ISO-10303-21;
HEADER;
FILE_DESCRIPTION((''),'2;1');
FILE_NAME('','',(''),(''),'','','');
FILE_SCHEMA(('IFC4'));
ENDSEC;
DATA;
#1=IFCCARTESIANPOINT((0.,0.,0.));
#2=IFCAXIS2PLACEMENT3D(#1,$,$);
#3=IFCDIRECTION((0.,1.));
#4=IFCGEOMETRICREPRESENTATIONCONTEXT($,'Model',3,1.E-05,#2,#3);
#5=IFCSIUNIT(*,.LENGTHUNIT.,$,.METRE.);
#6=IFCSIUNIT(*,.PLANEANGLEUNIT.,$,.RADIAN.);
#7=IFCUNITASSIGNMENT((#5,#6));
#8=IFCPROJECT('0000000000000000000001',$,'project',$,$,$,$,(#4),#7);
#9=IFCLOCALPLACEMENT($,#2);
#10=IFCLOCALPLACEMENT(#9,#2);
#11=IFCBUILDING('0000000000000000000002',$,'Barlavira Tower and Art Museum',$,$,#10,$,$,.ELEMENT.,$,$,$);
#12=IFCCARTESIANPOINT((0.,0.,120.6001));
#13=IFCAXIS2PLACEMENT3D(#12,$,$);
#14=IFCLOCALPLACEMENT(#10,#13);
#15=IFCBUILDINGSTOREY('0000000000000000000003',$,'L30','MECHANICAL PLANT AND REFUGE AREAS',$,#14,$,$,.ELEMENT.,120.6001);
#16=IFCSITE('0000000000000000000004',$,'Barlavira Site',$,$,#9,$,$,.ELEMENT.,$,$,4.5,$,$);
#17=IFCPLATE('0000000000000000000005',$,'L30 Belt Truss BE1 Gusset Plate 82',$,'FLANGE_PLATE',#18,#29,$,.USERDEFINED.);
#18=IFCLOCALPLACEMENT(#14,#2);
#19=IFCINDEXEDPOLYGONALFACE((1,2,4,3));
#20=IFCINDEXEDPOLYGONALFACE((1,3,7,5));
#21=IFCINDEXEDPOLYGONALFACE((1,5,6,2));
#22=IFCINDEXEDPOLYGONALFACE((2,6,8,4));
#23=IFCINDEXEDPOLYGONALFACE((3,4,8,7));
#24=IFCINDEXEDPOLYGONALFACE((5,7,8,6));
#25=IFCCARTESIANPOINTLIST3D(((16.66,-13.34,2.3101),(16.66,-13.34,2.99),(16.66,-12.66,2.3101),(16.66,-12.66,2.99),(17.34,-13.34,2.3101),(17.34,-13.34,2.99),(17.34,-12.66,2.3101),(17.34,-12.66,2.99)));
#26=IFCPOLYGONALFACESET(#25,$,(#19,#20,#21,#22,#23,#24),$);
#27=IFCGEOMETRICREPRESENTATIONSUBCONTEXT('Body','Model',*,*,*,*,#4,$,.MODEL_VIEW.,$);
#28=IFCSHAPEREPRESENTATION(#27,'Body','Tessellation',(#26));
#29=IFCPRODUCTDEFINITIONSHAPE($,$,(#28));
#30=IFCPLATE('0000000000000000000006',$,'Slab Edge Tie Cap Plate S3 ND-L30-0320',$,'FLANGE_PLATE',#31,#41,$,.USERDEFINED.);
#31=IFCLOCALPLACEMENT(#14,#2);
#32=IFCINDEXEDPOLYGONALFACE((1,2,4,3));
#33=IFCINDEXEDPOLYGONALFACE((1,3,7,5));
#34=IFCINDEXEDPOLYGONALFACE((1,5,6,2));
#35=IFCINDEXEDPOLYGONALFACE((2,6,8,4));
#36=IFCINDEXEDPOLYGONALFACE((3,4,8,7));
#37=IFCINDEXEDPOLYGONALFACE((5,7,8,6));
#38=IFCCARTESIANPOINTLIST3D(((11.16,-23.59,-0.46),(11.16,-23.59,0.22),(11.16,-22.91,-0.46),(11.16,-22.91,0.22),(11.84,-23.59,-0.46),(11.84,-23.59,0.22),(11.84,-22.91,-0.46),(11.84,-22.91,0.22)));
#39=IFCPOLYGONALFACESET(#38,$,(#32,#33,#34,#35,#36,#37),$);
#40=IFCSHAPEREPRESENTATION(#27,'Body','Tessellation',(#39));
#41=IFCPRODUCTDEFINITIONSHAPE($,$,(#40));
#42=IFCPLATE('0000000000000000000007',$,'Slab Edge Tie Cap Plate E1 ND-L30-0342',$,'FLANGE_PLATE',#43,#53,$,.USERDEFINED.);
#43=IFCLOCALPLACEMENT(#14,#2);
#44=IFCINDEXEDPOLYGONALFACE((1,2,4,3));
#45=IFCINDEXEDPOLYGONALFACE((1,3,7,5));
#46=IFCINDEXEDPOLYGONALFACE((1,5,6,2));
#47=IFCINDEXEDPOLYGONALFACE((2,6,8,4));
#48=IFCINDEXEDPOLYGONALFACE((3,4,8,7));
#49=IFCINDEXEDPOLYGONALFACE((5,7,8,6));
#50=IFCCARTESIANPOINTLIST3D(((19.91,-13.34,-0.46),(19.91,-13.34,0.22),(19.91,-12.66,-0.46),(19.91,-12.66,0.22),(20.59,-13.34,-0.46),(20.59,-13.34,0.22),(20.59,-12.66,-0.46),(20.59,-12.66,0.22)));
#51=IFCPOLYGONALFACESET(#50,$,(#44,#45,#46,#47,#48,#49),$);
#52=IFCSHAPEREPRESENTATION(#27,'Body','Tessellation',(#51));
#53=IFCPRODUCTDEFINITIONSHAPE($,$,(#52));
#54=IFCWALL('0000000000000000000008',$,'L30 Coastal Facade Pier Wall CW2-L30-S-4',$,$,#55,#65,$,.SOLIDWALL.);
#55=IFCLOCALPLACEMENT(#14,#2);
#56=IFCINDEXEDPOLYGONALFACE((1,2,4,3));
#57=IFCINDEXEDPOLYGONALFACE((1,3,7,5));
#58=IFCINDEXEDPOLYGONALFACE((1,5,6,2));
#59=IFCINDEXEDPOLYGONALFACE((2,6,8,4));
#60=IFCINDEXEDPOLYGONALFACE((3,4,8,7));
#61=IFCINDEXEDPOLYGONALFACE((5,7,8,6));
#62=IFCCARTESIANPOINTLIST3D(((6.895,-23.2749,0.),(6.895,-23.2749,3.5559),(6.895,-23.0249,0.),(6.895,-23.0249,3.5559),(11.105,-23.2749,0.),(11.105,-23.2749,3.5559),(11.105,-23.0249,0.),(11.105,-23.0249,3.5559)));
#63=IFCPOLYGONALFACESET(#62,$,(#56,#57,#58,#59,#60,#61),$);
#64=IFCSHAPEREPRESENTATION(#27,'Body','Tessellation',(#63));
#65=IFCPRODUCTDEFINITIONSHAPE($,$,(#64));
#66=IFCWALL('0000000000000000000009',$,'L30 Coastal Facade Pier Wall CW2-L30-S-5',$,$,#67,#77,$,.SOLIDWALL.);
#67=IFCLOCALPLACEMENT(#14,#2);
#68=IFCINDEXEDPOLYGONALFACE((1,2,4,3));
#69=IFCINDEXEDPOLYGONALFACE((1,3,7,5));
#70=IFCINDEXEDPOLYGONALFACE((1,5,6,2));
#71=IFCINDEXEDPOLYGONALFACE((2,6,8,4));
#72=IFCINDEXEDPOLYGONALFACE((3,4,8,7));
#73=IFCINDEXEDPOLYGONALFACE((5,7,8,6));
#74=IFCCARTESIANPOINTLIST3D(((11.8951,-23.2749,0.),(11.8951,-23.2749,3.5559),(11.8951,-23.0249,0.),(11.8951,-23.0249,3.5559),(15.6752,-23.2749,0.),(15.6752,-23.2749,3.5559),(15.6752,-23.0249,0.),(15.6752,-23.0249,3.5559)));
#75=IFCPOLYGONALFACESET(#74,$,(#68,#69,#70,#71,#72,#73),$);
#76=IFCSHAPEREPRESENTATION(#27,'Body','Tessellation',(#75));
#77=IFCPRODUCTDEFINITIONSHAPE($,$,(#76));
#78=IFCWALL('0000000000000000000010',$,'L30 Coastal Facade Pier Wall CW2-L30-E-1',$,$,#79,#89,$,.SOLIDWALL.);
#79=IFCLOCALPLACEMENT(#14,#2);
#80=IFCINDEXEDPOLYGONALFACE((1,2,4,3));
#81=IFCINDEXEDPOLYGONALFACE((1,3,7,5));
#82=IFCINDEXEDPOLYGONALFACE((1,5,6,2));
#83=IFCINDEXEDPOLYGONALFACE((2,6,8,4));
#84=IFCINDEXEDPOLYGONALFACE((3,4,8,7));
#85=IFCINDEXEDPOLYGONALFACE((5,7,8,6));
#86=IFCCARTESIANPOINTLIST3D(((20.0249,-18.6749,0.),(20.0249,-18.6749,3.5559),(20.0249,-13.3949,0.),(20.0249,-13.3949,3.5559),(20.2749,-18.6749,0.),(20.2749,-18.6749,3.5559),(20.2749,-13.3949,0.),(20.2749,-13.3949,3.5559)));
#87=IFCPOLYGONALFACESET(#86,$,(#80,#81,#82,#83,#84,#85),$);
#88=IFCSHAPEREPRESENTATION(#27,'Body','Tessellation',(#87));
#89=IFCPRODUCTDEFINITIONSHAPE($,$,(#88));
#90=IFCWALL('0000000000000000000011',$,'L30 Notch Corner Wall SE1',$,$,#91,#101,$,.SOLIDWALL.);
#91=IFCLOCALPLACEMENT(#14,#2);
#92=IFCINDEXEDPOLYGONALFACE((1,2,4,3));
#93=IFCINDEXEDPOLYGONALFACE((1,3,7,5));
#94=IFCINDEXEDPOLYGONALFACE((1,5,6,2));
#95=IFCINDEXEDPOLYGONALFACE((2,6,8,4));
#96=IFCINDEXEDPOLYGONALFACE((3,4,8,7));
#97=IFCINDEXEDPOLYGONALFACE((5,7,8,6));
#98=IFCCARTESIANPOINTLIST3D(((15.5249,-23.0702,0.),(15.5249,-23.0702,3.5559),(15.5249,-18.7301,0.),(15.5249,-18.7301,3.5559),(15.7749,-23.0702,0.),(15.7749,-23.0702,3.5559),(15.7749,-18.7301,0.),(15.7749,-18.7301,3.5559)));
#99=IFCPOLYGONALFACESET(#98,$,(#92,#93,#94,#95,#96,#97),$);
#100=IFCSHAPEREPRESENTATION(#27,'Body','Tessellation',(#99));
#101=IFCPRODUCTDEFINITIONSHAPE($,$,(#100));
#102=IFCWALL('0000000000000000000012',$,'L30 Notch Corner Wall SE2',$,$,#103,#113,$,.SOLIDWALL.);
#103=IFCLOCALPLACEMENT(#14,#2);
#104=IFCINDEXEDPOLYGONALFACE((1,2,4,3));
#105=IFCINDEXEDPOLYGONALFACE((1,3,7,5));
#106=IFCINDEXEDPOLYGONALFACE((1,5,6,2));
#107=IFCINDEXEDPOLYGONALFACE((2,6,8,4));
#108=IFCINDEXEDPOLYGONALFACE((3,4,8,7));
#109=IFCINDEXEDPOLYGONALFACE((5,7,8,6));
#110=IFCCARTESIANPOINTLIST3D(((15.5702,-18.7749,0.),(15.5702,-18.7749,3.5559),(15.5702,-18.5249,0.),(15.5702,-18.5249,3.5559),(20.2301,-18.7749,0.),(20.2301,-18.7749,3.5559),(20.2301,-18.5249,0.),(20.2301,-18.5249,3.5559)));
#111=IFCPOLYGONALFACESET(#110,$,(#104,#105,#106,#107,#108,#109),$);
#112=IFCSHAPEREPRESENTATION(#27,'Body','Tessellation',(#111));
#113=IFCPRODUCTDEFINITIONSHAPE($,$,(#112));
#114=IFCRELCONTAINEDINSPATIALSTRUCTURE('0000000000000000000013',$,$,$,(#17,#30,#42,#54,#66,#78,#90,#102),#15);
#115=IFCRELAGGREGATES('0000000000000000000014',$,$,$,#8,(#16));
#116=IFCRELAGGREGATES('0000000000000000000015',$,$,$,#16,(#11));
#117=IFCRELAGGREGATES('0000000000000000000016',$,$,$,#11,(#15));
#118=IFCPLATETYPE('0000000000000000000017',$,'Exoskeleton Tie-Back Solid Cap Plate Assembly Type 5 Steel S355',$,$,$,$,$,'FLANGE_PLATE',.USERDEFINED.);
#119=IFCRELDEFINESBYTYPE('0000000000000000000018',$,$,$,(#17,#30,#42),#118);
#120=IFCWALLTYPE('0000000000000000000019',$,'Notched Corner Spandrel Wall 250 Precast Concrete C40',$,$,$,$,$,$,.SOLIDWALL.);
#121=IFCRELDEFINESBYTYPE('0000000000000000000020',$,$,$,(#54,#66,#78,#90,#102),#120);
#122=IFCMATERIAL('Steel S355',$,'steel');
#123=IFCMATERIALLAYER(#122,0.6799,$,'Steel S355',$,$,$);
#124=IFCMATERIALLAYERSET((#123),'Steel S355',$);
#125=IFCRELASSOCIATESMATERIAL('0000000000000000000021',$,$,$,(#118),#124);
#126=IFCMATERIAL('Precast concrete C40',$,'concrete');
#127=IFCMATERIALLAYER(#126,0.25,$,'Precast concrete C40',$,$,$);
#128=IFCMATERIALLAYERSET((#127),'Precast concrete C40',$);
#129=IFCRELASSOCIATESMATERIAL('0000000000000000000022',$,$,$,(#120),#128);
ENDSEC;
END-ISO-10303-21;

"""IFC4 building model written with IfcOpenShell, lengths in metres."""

from ifc_helpers import new_model, si_unit, direction, frame, frame_2d, origin, origin_2d, place, context, subcontext, project, spatial, rectangle, extrude, material, layer, layer_set, type_object, element, save


model = new_model("IFC4")

# Units and contexts
model_context = context("Model", 3, precision=1e-05, world=origin(), true_north=direction((0.0, 1.0)))
body_context = subcontext(model_context, "Body", "Model", "MODEL_VIEW")
ifc_project = project(units=[si_unit("LENGTHUNIT", "METRE"), si_unit("PLANEANGLEUNIT", "RADIAN")], contexts=[model_context])

# Site, building, storey
site_placement = place(None, origin())
site = spatial("IfcSite", under=ifc_project, at=site_placement, Name="Barlavira Site", CompositionType="ELEMENT", RefElevation=4.5)
building_placement = place(site_placement, origin())
building = spatial("IfcBuilding", under=site, at=building_placement, Name="Barlavira Tower and Art Museum", CompositionType="ELEMENT")
storey_placement = place(building_placement, frame((0.0, 0.0, 120.6001)))
storey = spatial("IfcBuildingStorey", under=building, at=storey_placement, Name="L30", Description="MECHANICAL PLANT AND REFUGE AREAS", CompositionType="ELEMENT", Elevation=120.6001)

# Shared definitions
ifc_material_1 = material(Name="Steel S355", Category="steel")

# Plates
ifc_layer_1 = layer(ifc_material_1, 0.6799, Name="Steel S355")
ifc_layer_set_1 = layer_set([ifc_layer_1], Name="Steel S355")
plate_type = type_object("IfcPlateType", Name="Exoskeleton Tie-Back Solid Cap Plate Assembly Type 5 Steel S355", ElementType="FLANGE_PLATE", PredefinedType="USERDEFINED", material=ifc_layer_set_1)
for number, where, z_axis, x_axis, name in (
    (1, (17.0, -13.0, 2.3101), (0.0, 0.0, 1.0), (1.0, 0.0, 0.0), "L30 Belt Truss BE1 Gusset Plate 82"),
    (2, (11.5, -23.25, -0.46), (0.0, 0.0, 1.0), (1.0, 0.0, 0.0), "Slab Edge Tie Cap Plate S3 ND-L30-0320"),
    (3, (20.25, -13.0, -0.46), (0.0, 0.0, 1.0), (1.0, 0.0, 0.0), "Slab Edge Tie Cap Plate E1 ND-L30-0342"),
):
    element("IfcPlate", number, at=place(storey_placement, frame(where, z_axis=z_axis, x_axis=x_axis)), inside=storey, type_object=plate_type, Name=name, ObjectType="FLANGE_PLATE", PredefinedType="USERDEFINED", context=body_context, shape_type="SweptSolid", body=[
        extrude(rectangle(XDim=0.6799, YDim=0.6799, at=origin_2d()), origin(), (0.0, 0.0, 1.0), 0.6799),
    ])

# Walls
ifc_material_2 = material(Name="Precast concrete C40", Category="concrete")
ifc_layer_2 = layer(ifc_material_2, 0.25, Name="Precast concrete C40")
ifc_layer_set_2 = layer_set([ifc_layer_2], Name="Precast concrete C40")
wall_type = type_object("IfcWallType", Name="Notched Corner Spandrel Wall 250 Precast Concrete C40", PredefinedType="SOLIDWALL", material=ifc_layer_set_2)
wall_1_placement = place(storey_placement, frame((6.895, -23.1499, 0.0), z_axis=(0.0, 0.0, 1.0), x_axis=(1.0, 0.0, 0.0)))
element("IfcWall", 4, at=wall_1_placement, inside=storey, type_object=wall_type, Name="L30 Coastal Facade Pier Wall CW2-L30-S-4", PredefinedType="SOLIDWALL", context=body_context, shape_type="SweptSolid", body=[
    extrude(rectangle(XDim=4.21, YDim=0.25, at=frame_2d((2.105, 0.0))), origin(), (0.0, 0.0, 1.0), 3.5559),
])
wall_2_placement = place(storey_placement, frame((11.895, -23.1499, 0.0), z_axis=(0.0, 0.0, 1.0), x_axis=(1.0, 0.0, 0.0)))
element("IfcWall", 5, at=wall_2_placement, inside=storey, type_object=wall_type, Name="L30 Coastal Facade Pier Wall CW2-L30-S-5", PredefinedType="SOLIDWALL", context=body_context, shape_type="SweptSolid", body=[
    extrude(rectangle(XDim=3.78, YDim=0.25, at=frame_2d((1.8901, 0.0))), origin(), (0.0, 0.0, 1.0), 3.5559),
])
wall_3_placement = place(storey_placement, frame((20.1499, -18.675, 0.0), z_axis=(0.0, 0.0, 1.0), x_axis=(0.0, 1.0, 0.0)))
element("IfcWall", 6, at=wall_3_placement, inside=storey, type_object=wall_type, Name="L30 Coastal Facade Pier Wall CW2-L30-E-1", PredefinedType="SOLIDWALL", context=body_context, shape_type="SweptSolid", body=[
    extrude(rectangle(XDim=5.28, YDim=0.25, at=frame_2d((2.6401, 0.0))), origin(), (0.0, 0.0, 1.0), 3.5559),
])
wall_4_placement = place(storey_placement, frame((15.6499, -23.0701, 0.0), z_axis=(0.0, 0.0, 1.0), x_axis=(0.0, 1.0, 0.0)))
element("IfcWall", 7, at=wall_4_placement, inside=storey, type_object=wall_type, Name="L30 Notch Corner Wall SE1", PredefinedType="SOLIDWALL", context=body_context, shape_type="SweptSolid", body=[
    extrude(rectangle(XDim=4.3401, YDim=0.25, at=frame_2d((2.1699, 0.0))), origin(), (0.0, 0.0, 1.0), 3.5559),
])
wall_5_placement = place(storey_placement, frame((15.5701, -18.6499, 0.0), z_axis=(0.0, 0.0, 1.0), x_axis=(1.0, 0.0, 0.0)))
element("IfcWall", 8, at=wall_5_placement, inside=storey, type_object=wall_type, Name="L30 Notch Corner Wall SE2", PredefinedType="SOLIDWALL", context=body_context, shape_type="SweptSolid", body=[
    extrude(rectangle(XDim=4.6599, YDim=0.25, at=frame_2d((2.3301, 0.0))), origin(), (0.0, 0.0, 1.0), 3.5559),
])

save(model, "model.ifc")
